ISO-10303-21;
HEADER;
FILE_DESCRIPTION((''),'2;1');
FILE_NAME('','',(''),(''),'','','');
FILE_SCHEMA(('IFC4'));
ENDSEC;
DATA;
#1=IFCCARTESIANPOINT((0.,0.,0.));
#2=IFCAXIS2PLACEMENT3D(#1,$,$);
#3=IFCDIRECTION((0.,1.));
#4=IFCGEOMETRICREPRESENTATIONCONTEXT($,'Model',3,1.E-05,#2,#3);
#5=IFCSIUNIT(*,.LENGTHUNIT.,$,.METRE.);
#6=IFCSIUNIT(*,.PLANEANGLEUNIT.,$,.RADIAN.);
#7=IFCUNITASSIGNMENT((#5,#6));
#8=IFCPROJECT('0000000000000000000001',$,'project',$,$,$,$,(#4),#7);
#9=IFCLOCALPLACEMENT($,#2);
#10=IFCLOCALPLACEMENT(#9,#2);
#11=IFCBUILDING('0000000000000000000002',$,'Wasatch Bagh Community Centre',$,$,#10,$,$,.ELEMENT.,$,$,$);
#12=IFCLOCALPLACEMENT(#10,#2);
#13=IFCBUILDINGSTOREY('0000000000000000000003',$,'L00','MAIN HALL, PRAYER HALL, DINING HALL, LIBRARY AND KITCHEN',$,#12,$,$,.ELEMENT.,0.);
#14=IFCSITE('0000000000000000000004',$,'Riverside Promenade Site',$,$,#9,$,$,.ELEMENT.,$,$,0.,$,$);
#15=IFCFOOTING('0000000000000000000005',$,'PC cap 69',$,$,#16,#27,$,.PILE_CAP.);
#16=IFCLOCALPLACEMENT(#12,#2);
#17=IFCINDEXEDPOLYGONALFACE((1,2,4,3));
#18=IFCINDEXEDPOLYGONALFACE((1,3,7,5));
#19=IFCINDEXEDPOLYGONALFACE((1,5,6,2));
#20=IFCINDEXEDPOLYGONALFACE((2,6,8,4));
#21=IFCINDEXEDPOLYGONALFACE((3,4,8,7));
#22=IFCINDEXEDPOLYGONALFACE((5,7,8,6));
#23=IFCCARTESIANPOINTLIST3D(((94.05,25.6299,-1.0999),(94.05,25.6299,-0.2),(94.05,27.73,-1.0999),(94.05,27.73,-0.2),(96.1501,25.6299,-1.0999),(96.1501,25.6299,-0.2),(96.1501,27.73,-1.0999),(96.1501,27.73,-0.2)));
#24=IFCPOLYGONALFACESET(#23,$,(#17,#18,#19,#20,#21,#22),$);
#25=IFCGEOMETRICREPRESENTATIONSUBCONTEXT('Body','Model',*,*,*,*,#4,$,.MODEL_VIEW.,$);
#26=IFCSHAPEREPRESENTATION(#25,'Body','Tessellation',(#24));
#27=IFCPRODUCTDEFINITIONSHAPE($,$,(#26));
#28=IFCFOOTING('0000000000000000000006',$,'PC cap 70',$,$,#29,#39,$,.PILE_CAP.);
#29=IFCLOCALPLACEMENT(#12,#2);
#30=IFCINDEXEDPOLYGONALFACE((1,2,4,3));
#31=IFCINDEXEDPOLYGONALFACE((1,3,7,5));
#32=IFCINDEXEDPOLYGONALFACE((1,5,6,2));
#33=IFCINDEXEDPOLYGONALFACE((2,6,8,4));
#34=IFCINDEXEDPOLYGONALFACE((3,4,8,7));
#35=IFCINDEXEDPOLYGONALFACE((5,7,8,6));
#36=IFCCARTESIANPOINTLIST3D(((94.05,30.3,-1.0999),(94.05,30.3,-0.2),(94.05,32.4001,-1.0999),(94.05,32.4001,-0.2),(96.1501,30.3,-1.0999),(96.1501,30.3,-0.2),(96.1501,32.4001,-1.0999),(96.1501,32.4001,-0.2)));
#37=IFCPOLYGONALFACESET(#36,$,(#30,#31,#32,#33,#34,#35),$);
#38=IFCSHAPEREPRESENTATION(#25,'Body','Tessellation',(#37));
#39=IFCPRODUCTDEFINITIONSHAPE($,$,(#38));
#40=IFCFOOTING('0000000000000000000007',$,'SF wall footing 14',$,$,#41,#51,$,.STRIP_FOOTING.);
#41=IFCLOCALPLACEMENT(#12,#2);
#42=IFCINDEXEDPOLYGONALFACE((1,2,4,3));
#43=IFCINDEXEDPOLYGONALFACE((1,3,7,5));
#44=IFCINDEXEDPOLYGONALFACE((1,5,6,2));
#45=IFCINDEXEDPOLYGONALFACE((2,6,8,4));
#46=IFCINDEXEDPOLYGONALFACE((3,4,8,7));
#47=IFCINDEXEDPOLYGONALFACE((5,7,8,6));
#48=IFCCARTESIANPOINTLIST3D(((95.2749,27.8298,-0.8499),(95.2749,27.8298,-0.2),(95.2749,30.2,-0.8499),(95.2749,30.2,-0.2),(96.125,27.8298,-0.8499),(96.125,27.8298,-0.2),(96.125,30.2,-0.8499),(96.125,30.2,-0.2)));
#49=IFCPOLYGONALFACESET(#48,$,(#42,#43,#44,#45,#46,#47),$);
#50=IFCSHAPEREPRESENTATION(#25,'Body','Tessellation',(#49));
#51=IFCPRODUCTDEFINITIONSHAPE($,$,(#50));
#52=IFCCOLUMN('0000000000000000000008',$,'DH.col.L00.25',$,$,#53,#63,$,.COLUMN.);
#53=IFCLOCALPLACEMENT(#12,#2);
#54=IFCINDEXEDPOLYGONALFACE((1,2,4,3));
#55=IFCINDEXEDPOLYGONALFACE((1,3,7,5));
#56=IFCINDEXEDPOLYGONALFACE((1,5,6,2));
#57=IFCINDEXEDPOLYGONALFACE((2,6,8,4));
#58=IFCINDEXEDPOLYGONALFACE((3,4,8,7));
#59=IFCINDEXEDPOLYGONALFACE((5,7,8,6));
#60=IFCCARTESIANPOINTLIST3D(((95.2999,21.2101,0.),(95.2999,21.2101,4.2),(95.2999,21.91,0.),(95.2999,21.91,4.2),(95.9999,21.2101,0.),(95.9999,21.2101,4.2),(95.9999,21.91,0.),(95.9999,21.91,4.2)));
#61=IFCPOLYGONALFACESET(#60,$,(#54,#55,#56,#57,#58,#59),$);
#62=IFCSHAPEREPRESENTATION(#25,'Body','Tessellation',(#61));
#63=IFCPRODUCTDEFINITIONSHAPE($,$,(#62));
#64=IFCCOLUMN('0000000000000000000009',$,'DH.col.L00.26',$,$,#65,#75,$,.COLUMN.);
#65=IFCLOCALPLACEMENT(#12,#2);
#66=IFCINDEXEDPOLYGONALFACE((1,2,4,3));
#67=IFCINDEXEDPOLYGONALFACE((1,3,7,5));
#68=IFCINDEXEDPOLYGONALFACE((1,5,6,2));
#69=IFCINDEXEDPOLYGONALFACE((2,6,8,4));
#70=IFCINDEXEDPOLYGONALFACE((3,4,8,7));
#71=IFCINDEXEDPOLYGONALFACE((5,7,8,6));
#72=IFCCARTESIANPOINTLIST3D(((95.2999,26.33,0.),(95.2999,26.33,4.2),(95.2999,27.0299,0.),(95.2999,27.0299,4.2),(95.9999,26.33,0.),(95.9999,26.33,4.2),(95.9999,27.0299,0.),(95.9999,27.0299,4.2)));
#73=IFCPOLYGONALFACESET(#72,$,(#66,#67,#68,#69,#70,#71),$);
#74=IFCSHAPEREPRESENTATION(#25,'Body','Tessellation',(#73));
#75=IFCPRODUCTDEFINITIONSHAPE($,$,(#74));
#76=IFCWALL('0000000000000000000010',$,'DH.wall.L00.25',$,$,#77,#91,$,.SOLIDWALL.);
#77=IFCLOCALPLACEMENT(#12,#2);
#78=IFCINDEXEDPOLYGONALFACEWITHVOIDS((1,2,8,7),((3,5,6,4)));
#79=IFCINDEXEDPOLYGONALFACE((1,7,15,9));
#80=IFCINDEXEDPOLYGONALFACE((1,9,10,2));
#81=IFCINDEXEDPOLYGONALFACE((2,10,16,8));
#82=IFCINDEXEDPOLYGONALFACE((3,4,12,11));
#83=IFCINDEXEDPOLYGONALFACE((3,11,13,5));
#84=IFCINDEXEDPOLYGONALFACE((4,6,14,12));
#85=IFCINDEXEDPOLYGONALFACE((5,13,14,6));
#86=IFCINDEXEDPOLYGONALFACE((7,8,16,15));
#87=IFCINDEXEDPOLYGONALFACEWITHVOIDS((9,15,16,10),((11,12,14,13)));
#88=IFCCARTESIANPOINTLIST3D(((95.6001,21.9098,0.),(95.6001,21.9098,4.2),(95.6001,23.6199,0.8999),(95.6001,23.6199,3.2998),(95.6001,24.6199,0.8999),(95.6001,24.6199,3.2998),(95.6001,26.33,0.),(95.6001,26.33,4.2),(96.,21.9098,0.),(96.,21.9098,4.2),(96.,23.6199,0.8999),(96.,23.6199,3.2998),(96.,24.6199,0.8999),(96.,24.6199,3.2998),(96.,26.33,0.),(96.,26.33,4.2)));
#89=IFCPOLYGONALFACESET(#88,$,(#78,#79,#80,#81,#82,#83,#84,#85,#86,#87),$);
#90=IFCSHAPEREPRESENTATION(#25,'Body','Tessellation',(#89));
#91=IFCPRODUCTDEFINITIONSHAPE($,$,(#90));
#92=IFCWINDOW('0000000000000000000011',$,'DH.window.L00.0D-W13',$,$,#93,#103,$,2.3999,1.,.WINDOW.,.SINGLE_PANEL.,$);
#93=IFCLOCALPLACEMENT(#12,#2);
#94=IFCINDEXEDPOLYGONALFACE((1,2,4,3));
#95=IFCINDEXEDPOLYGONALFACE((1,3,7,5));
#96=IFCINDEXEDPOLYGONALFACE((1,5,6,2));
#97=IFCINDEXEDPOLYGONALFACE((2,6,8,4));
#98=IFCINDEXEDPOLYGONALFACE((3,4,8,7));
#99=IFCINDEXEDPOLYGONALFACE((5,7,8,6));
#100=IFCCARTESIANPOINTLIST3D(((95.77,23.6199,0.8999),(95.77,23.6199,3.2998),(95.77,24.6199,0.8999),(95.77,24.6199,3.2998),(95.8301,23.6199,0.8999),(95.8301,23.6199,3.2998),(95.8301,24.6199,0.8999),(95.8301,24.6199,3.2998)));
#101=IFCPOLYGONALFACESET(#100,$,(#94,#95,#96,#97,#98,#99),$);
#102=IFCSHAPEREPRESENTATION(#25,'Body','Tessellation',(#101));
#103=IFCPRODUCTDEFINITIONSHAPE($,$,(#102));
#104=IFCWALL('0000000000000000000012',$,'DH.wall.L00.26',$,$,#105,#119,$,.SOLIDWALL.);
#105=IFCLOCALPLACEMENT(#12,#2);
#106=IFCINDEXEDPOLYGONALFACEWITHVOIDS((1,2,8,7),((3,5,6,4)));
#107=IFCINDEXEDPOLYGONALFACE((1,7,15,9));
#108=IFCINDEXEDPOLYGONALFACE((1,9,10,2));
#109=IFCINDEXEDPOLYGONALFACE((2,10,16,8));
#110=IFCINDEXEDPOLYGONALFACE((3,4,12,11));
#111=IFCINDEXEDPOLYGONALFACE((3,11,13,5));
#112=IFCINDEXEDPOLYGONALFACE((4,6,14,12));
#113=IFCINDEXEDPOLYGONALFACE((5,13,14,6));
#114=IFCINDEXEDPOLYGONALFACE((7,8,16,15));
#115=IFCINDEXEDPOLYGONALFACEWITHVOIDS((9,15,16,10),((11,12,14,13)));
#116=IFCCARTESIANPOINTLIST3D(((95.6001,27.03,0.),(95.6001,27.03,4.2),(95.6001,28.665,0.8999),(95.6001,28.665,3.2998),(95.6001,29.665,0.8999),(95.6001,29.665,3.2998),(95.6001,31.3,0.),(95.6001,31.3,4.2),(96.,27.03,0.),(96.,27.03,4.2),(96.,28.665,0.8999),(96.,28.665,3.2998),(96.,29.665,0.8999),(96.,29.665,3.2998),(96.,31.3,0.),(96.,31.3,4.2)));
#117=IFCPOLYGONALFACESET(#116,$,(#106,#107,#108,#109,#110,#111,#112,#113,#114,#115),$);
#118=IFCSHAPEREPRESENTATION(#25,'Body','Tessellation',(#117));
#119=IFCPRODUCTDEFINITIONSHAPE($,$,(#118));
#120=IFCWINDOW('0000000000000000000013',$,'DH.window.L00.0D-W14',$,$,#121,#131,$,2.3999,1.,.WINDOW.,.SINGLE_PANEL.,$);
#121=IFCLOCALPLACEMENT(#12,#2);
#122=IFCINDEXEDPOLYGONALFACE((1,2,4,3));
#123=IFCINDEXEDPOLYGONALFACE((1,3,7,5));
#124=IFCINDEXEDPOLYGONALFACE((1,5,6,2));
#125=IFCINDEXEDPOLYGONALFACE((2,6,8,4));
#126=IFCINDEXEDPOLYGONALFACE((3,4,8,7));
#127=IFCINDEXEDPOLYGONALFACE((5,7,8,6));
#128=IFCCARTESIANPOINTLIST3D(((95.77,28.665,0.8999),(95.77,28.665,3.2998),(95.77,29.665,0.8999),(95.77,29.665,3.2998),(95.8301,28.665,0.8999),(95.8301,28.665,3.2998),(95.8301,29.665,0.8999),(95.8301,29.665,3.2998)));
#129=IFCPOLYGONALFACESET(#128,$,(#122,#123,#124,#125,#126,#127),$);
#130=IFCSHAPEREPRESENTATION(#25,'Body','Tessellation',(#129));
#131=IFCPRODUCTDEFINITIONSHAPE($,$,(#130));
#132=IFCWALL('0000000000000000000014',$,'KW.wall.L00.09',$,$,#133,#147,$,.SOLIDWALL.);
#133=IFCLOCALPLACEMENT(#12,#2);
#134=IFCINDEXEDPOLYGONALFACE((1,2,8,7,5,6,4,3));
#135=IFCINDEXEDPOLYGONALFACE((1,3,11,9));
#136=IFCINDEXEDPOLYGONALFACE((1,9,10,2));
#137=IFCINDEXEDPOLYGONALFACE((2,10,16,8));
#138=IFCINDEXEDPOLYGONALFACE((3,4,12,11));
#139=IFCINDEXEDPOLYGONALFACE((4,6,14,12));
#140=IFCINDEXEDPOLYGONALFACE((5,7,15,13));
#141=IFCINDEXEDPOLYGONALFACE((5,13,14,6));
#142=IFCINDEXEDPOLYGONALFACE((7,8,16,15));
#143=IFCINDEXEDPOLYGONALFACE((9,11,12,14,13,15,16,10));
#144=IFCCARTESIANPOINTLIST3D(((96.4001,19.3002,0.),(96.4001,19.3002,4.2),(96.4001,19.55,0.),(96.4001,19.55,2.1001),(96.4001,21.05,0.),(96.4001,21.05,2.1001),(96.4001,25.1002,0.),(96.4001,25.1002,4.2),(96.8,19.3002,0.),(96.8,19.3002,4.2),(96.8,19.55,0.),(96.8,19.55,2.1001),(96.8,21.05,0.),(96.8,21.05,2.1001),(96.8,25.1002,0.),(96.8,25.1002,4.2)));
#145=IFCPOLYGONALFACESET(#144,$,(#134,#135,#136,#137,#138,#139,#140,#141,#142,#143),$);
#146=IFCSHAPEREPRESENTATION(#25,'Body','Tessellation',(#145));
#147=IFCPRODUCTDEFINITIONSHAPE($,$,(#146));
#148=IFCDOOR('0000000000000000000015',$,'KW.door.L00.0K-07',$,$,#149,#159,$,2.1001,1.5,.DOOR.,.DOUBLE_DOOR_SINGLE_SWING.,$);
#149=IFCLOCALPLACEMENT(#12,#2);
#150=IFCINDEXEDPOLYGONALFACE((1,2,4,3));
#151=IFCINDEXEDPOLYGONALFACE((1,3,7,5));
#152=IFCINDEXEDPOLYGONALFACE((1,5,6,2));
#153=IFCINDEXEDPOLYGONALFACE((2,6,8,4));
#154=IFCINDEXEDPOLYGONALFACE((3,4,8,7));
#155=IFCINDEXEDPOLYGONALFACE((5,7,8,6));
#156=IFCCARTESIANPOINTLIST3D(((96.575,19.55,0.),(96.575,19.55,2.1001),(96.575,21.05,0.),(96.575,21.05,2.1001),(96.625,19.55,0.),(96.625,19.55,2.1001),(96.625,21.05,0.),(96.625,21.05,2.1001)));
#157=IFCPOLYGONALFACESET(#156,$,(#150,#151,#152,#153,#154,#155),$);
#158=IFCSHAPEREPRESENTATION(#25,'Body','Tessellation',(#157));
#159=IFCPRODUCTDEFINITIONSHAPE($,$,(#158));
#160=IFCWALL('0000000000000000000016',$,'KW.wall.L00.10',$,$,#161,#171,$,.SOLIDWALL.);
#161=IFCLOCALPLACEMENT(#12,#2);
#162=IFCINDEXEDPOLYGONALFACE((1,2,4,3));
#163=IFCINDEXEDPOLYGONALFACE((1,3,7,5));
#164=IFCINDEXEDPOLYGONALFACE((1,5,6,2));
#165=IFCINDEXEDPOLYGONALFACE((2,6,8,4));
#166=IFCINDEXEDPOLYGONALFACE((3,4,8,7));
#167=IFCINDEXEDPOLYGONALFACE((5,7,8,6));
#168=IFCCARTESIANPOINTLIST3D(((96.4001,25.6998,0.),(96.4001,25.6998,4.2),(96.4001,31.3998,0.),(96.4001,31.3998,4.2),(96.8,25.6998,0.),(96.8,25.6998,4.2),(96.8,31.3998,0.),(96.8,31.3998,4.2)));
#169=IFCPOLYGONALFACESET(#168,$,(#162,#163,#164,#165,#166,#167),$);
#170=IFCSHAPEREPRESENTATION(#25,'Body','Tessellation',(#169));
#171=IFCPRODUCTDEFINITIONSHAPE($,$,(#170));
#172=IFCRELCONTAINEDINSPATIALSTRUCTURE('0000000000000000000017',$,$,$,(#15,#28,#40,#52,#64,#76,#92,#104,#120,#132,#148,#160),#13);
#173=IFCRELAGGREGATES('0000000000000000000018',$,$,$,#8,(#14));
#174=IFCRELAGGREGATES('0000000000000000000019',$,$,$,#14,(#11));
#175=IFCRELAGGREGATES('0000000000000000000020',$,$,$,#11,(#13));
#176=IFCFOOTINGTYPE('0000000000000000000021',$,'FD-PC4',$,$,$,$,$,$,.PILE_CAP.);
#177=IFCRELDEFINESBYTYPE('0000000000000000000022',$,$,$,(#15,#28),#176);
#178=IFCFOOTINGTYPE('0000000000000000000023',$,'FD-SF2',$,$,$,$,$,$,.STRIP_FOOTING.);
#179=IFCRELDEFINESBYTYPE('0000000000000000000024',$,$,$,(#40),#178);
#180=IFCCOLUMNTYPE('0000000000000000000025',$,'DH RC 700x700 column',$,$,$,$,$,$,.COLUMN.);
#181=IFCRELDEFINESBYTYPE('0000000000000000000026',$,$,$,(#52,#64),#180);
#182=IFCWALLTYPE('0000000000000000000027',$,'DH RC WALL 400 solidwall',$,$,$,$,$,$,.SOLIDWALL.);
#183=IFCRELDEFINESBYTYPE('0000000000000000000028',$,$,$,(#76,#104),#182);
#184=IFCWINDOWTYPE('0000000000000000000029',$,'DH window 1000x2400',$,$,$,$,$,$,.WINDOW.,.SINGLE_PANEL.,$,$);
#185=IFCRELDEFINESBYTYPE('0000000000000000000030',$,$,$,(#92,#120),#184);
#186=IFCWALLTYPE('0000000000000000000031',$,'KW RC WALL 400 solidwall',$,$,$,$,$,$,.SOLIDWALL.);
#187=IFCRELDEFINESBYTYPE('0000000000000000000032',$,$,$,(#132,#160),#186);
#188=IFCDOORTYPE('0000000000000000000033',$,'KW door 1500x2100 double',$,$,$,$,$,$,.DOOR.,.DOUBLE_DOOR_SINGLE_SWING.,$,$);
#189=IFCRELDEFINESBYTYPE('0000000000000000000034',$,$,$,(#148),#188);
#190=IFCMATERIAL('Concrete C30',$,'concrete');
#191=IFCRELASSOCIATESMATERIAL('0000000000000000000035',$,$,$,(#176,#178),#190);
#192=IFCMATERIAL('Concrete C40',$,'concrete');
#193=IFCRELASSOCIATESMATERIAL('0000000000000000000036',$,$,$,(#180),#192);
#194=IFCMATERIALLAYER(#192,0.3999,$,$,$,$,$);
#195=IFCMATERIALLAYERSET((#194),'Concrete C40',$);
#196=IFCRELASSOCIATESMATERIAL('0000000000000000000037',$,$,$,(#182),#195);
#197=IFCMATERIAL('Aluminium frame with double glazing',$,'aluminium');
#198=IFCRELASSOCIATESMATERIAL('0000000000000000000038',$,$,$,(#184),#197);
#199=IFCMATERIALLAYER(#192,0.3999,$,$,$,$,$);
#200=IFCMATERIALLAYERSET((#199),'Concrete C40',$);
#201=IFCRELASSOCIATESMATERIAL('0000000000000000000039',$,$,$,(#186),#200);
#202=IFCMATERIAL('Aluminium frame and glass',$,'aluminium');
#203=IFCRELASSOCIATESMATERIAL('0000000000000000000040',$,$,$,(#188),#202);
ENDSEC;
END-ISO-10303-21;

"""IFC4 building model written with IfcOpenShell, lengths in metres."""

from ifc_helpers import new_model, si_unit, direction, frame, frame_2d, origin, origin_2d, place, context, subcontext, project, spatial, rectangle, extrude, material, layer, layer_set, material_profile, profile_set, type_object, element, fill, save


model = new_model("IFC4")

# Units and contexts
model_context = context("Model", 3, precision=1e-05, world=origin(), true_north=direction((0.0, 1.0)))
body_context = subcontext(model_context, "Body", "Model", "MODEL_VIEW")
ifc_project = project(units=[si_unit("LENGTHUNIT", "METRE"), si_unit("PLANEANGLEUNIT", "RADIAN")], contexts=[model_context])

# Site, building, storey
site_placement = place(None, origin())
site = spatial("IfcSite", under=ifc_project, at=site_placement, Name="Riverside Promenade Site", CompositionType="ELEMENT", RefElevation=0.0)
building_placement = place(site_placement, origin())
building = spatial("IfcBuilding", under=site, at=building_placement, Name="Wasatch Bagh Community Centre", CompositionType="ELEMENT")
storey_placement = place(building_placement, origin())
storey = spatial("IfcBuildingStorey", under=building, at=storey_placement, Name="L00", Description="MAIN HALL, PRAYER HALL, DINING HALL, LIBRARY AND KITCHEN", CompositionType="ELEMENT", Elevation=0.0)

# Shared definitions
ifc_material_1 = material(Name="Concrete C30", Category="concrete")

# Footings
footing_type_1 = type_object("IfcFootingType", Name="FD-PC4", PredefinedType="PILE_CAP", material=ifc_material_1)
for number, where, z_axis, x_axis, name in (
    (1, (95.1001, 26.6799, -1.0999), (0.0, 0.0, 1.0), (1.0, 0.0, 0.0), "PC cap 69"),
    (2, (95.1001, 31.3501, -1.0999), (0.0, 0.0, 1.0), (1.0, 0.0, 0.0), "PC cap 70"),
):
    element("IfcFooting", number, at=place(storey_placement, frame(where, z_axis=z_axis, x_axis=x_axis)), inside=storey, type_object=footing_type_1, Name=name, PredefinedType="PILE_CAP", context=body_context, shape_type="SweptSolid", body=[
        extrude(rectangle(XDim=2.1001, YDim=2.1001, at=origin_2d()), origin(), (0.0, 0.0, 1.0), 0.8999),
    ])
footing_type_2 = type_object("IfcFootingType", Name="FD-SF2", PredefinedType="STRIP_FOOTING", material=ifc_material_1)
footing_1_placement = place(storey_placement, frame((95.7, 29.0149, -0.8499), z_axis=(0.0, 0.0, 1.0), x_axis=(0.0, 1.0, 0.0)))
element("IfcFooting", 3, at=footing_1_placement, inside=storey, type_object=footing_type_2, Name="SF wall footing 14", PredefinedType="STRIP_FOOTING", context=body_context, shape_type="SweptSolid", body=[
    extrude(rectangle(XDim=2.3701, YDim=0.8501, at=origin_2d()), origin(), (0.0, 0.0, 1.0), 0.6499),
])

# Columns
ifc_material_2 = material(Name="Concrete C40", Category="concrete")
ifc_material_profile_1 = material_profile(ifc_material_2, rectangle(XDim=0.7, YDim=0.7, at=origin_2d()), Name="RC 700x700")
ifc_profile_set_1 = profile_set([ifc_material_profile_1], Name="Concrete C40")
column_type = type_object("IfcColumnType", Name="DH RC 700x700 column", PredefinedType="COLUMN", material=ifc_profile_set_1)
for number, where, z_axis, x_axis, name in (
    (4, (95.6499, 21.5601, 0.0), (0.0, 0.0, 1.0), (1.0, 0.0, 0.0), "DH.col.L00.25"),
    (5, (95.6499, 26.6799, 0.0), (0.0, 0.0, 1.0), (1.0, 0.0, 0.0), "DH.col.L00.26"),
):
    element("IfcColumn", number, at=place(storey_placement, frame(where, z_axis=z_axis, x_axis=x_axis)), inside=storey, type_object=column_type, Name=name, PredefinedType="COLUMN", context=body_context, shape_type="SweptSolid", body=[
        extrude(rectangle(XDim=0.7, YDim=0.7, at=origin_2d()), origin(), (0.0, 0.0, 1.0), 4.2),
    ])

# Walls, openings, windows
ifc_layer_1 = layer(ifc_material_2, 0.3999)
ifc_layer_set_1 = layer_set([ifc_layer_1], Name="Concrete C40")
wall_type_1 = type_object("IfcWallType", Name="DH RC WALL 400 solidwall", PredefinedType="SOLIDWALL", material=ifc_layer_set_1)
wall_1_placement = place(storey_placement, frame((95.8, 21.9099, 0.0), z_axis=(0.0, 0.0, 1.0), x_axis=(0.0, 1.0, 0.0)))
wall_1 = element("IfcWall", 6, at=wall_1_placement, inside=storey, type_object=wall_type_1, Name="DH.wall.L00.25", PredefinedType="SOLIDWALL", context=body_context, shape_type="SweptSolid", body=[
    extrude(rectangle(XDim=4.4202, YDim=0.3999, at=frame_2d((2.21, 0.0))), origin(), (0.0, 0.0, 1.0), 4.2),
])
opening_1_placement = place(wall_1_placement, frame((1.71, 0.0, 0.8999)))
opening_1 = element("IfcOpeningElement", 7, at=opening_1_placement, cuts=wall_1, PredefinedType="OPENING", context=body_context, shape_type="SweptSolid", body=[
    extrude(rectangle(XDim=1.0, YDim=2.3999, at=frame_2d((0.5, 1.2))), frame((0.0, 0.21, 0.0), z_axis=(0.0, -1.0, 0.0), x_axis=(1.0, 0.0, 0.0)), (0.0, 0.0, 1.0), 0.4199),
])
ifc_material_3 = material(Name="Aluminium frame with double glazing", Category="aluminium")
window_type = type_object("IfcWindowType", Name="DH window 1000x2400", PartitioningType="SINGLE_PANEL", PredefinedType="WINDOW", material=ifc_material_3)
window_1_placement = place(opening_1_placement, origin())
window_1 = element("IfcWindow", 8, at=window_1_placement, inside=storey, type_object=window_type, Name="DH.window.L00.0D-W13", OverallHeight=2.3999, OverallWidth=1.0, PartitioningType="SINGLE_PANEL", PredefinedType="WINDOW", context=body_context, shape_type="SweptSolid", body=[
    extrude(rectangle(XDim=1.0, YDim=2.3999, at=frame_2d((0.5, 1.2))), frame((0.0, 0.03, 0.0), z_axis=(0.0, -1.0, 0.0), x_axis=(1.0, 0.0, 0.0)), (0.0, 0.0, 1.0), 0.0601),
])
fill(opening_1, window_1)
wall_2_placement = place(storey_placement, frame((95.8, 27.03, 0.0), z_axis=(0.0, 0.0, 1.0), x_axis=(0.0, 1.0, 0.0)))
wall_2 = element("IfcWall", 9, at=wall_2_placement, inside=storey, type_object=wall_type_1, Name="DH.wall.L00.26", PredefinedType="SOLIDWALL", context=body_context, shape_type="SweptSolid", body=[
    extrude(rectangle(XDim=4.27, YDim=0.3999, at=frame_2d((2.135, 0.0))), origin(), (0.0, 0.0, 1.0), 4.2),
])
opening_2_placement = place(wall_2_placement, frame((1.635, 0.0, 0.8999)))
opening_2 = element("IfcOpeningElement", 10, at=opening_2_placement, cuts=wall_2, PredefinedType="OPENING", context=body_context, shape_type="SweptSolid", body=[
    extrude(rectangle(XDim=1.0, YDim=2.3999, at=frame_2d((0.5, 1.2))), frame((0.0, 0.21, 0.0), z_axis=(0.0, -1.0, 0.0), x_axis=(1.0, 0.0, 0.0)), (0.0, 0.0, 1.0), 0.4199),
])
window_2_placement = place(opening_2_placement, origin())
window_2 = element("IfcWindow", 11, at=window_2_placement, inside=storey, type_object=window_type, Name="DH.window.L00.0D-W14", OverallHeight=2.3999, OverallWidth=1.0, PartitioningType="SINGLE_PANEL", PredefinedType="WINDOW", context=body_context, shape_type="SweptSolid", body=[
    extrude(rectangle(XDim=1.0, YDim=2.3999, at=frame_2d((0.5, 1.2))), frame((0.0, 0.03, 0.0), z_axis=(0.0, -1.0, 0.0), x_axis=(1.0, 0.0, 0.0)), (0.0, 0.0, 1.0), 0.0601),
])
fill(opening_2, window_2)

# Wall, opening, door
ifc_layer_2 = layer(ifc_material_2, 0.3999)
ifc_layer_set_2 = layer_set([ifc_layer_2], Name="Concrete C40")
wall_type_2 = type_object("IfcWallType", Name="KW RC WALL 400 solidwall", PredefinedType="SOLIDWALL", material=ifc_layer_set_2)
wall_3_placement = place(storey_placement, frame((96.6001, 25.1001, 0.0), z_axis=(0.0, 0.0, 1.0), x_axis=(0.0, -1.0, 0.0)))
wall_3 = element("IfcWall", 12, at=wall_3_placement, inside=storey, type_object=wall_type_2, Name="KW.wall.L00.09", PredefinedType="SOLIDWALL", context=body_context, shape_type="SweptSolid", body=[
    extrude(rectangle(XDim=5.8, YDim=0.3999, at=frame_2d((2.8999, 0.0))), origin(), (0.0, 0.0, 1.0), 4.2),
])
opening_3_placement = place(wall_3_placement, frame((4.05, 0.0, 0.0)))
opening_3 = element("IfcOpeningElement", 13, at=opening_3_placement, cuts=wall_3, PredefinedType="OPENING", context=body_context, shape_type="SweptSolid", body=[
    extrude(rectangle(XDim=1.5, YDim=2.1001, at=frame_2d((0.75, 1.05))), frame((0.0, 0.21, 0.0), z_axis=(0.0, -1.0, 0.0), x_axis=(1.0, 0.0, 0.0)), (0.0, 0.0, 1.0), 0.4199),
])
ifc_material_4 = material(Name="Aluminium frame and glass", Category="aluminium")
door_type = type_object("IfcDoorType", Name="KW door 1500x2100 double", OperationType="DOUBLE_DOOR_SINGLE_SWING", PredefinedType="DOOR", material=ifc_material_4)
door_placement = place(opening_3_placement, origin())
door = element("IfcDoor", 14, at=door_placement, inside=storey, type_object=door_type, Name="KW.door.L00.0K-07", OperationType="DOUBLE_DOOR_SINGLE_SWING", OverallHeight=2.1001, OverallWidth=1.5, PredefinedType="DOOR", context=body_context, shape_type="SweptSolid", body=[
    extrude(rectangle(XDim=1.5, YDim=2.1001, at=frame_2d((0.75, 1.05))), frame((0.0, 0.0249, 0.0), z_axis=(0.0, -1.0, 0.0), x_axis=(1.0, 0.0, 0.0)), (0.0, 0.0, 1.0), 0.05),
])
fill(opening_3, door)

# Wall
wall_4_placement = place(storey_placement, frame((96.6001, 31.3999, 0.0), z_axis=(0.0, 0.0, 1.0), x_axis=(0.0, -1.0, 0.0)))
element("IfcWall", 15, at=wall_4_placement, inside=storey, type_object=wall_type_2, Name="KW.wall.L00.10", PredefinedType="SOLIDWALL", context=body_context, shape_type="SweptSolid", body=[
    extrude(rectangle(XDim=5.7, YDim=0.3999, at=frame_2d((2.8501, 0.0))), origin(), (0.0, 0.0, 1.0), 4.2),
])

save(model, "model.ifc")
